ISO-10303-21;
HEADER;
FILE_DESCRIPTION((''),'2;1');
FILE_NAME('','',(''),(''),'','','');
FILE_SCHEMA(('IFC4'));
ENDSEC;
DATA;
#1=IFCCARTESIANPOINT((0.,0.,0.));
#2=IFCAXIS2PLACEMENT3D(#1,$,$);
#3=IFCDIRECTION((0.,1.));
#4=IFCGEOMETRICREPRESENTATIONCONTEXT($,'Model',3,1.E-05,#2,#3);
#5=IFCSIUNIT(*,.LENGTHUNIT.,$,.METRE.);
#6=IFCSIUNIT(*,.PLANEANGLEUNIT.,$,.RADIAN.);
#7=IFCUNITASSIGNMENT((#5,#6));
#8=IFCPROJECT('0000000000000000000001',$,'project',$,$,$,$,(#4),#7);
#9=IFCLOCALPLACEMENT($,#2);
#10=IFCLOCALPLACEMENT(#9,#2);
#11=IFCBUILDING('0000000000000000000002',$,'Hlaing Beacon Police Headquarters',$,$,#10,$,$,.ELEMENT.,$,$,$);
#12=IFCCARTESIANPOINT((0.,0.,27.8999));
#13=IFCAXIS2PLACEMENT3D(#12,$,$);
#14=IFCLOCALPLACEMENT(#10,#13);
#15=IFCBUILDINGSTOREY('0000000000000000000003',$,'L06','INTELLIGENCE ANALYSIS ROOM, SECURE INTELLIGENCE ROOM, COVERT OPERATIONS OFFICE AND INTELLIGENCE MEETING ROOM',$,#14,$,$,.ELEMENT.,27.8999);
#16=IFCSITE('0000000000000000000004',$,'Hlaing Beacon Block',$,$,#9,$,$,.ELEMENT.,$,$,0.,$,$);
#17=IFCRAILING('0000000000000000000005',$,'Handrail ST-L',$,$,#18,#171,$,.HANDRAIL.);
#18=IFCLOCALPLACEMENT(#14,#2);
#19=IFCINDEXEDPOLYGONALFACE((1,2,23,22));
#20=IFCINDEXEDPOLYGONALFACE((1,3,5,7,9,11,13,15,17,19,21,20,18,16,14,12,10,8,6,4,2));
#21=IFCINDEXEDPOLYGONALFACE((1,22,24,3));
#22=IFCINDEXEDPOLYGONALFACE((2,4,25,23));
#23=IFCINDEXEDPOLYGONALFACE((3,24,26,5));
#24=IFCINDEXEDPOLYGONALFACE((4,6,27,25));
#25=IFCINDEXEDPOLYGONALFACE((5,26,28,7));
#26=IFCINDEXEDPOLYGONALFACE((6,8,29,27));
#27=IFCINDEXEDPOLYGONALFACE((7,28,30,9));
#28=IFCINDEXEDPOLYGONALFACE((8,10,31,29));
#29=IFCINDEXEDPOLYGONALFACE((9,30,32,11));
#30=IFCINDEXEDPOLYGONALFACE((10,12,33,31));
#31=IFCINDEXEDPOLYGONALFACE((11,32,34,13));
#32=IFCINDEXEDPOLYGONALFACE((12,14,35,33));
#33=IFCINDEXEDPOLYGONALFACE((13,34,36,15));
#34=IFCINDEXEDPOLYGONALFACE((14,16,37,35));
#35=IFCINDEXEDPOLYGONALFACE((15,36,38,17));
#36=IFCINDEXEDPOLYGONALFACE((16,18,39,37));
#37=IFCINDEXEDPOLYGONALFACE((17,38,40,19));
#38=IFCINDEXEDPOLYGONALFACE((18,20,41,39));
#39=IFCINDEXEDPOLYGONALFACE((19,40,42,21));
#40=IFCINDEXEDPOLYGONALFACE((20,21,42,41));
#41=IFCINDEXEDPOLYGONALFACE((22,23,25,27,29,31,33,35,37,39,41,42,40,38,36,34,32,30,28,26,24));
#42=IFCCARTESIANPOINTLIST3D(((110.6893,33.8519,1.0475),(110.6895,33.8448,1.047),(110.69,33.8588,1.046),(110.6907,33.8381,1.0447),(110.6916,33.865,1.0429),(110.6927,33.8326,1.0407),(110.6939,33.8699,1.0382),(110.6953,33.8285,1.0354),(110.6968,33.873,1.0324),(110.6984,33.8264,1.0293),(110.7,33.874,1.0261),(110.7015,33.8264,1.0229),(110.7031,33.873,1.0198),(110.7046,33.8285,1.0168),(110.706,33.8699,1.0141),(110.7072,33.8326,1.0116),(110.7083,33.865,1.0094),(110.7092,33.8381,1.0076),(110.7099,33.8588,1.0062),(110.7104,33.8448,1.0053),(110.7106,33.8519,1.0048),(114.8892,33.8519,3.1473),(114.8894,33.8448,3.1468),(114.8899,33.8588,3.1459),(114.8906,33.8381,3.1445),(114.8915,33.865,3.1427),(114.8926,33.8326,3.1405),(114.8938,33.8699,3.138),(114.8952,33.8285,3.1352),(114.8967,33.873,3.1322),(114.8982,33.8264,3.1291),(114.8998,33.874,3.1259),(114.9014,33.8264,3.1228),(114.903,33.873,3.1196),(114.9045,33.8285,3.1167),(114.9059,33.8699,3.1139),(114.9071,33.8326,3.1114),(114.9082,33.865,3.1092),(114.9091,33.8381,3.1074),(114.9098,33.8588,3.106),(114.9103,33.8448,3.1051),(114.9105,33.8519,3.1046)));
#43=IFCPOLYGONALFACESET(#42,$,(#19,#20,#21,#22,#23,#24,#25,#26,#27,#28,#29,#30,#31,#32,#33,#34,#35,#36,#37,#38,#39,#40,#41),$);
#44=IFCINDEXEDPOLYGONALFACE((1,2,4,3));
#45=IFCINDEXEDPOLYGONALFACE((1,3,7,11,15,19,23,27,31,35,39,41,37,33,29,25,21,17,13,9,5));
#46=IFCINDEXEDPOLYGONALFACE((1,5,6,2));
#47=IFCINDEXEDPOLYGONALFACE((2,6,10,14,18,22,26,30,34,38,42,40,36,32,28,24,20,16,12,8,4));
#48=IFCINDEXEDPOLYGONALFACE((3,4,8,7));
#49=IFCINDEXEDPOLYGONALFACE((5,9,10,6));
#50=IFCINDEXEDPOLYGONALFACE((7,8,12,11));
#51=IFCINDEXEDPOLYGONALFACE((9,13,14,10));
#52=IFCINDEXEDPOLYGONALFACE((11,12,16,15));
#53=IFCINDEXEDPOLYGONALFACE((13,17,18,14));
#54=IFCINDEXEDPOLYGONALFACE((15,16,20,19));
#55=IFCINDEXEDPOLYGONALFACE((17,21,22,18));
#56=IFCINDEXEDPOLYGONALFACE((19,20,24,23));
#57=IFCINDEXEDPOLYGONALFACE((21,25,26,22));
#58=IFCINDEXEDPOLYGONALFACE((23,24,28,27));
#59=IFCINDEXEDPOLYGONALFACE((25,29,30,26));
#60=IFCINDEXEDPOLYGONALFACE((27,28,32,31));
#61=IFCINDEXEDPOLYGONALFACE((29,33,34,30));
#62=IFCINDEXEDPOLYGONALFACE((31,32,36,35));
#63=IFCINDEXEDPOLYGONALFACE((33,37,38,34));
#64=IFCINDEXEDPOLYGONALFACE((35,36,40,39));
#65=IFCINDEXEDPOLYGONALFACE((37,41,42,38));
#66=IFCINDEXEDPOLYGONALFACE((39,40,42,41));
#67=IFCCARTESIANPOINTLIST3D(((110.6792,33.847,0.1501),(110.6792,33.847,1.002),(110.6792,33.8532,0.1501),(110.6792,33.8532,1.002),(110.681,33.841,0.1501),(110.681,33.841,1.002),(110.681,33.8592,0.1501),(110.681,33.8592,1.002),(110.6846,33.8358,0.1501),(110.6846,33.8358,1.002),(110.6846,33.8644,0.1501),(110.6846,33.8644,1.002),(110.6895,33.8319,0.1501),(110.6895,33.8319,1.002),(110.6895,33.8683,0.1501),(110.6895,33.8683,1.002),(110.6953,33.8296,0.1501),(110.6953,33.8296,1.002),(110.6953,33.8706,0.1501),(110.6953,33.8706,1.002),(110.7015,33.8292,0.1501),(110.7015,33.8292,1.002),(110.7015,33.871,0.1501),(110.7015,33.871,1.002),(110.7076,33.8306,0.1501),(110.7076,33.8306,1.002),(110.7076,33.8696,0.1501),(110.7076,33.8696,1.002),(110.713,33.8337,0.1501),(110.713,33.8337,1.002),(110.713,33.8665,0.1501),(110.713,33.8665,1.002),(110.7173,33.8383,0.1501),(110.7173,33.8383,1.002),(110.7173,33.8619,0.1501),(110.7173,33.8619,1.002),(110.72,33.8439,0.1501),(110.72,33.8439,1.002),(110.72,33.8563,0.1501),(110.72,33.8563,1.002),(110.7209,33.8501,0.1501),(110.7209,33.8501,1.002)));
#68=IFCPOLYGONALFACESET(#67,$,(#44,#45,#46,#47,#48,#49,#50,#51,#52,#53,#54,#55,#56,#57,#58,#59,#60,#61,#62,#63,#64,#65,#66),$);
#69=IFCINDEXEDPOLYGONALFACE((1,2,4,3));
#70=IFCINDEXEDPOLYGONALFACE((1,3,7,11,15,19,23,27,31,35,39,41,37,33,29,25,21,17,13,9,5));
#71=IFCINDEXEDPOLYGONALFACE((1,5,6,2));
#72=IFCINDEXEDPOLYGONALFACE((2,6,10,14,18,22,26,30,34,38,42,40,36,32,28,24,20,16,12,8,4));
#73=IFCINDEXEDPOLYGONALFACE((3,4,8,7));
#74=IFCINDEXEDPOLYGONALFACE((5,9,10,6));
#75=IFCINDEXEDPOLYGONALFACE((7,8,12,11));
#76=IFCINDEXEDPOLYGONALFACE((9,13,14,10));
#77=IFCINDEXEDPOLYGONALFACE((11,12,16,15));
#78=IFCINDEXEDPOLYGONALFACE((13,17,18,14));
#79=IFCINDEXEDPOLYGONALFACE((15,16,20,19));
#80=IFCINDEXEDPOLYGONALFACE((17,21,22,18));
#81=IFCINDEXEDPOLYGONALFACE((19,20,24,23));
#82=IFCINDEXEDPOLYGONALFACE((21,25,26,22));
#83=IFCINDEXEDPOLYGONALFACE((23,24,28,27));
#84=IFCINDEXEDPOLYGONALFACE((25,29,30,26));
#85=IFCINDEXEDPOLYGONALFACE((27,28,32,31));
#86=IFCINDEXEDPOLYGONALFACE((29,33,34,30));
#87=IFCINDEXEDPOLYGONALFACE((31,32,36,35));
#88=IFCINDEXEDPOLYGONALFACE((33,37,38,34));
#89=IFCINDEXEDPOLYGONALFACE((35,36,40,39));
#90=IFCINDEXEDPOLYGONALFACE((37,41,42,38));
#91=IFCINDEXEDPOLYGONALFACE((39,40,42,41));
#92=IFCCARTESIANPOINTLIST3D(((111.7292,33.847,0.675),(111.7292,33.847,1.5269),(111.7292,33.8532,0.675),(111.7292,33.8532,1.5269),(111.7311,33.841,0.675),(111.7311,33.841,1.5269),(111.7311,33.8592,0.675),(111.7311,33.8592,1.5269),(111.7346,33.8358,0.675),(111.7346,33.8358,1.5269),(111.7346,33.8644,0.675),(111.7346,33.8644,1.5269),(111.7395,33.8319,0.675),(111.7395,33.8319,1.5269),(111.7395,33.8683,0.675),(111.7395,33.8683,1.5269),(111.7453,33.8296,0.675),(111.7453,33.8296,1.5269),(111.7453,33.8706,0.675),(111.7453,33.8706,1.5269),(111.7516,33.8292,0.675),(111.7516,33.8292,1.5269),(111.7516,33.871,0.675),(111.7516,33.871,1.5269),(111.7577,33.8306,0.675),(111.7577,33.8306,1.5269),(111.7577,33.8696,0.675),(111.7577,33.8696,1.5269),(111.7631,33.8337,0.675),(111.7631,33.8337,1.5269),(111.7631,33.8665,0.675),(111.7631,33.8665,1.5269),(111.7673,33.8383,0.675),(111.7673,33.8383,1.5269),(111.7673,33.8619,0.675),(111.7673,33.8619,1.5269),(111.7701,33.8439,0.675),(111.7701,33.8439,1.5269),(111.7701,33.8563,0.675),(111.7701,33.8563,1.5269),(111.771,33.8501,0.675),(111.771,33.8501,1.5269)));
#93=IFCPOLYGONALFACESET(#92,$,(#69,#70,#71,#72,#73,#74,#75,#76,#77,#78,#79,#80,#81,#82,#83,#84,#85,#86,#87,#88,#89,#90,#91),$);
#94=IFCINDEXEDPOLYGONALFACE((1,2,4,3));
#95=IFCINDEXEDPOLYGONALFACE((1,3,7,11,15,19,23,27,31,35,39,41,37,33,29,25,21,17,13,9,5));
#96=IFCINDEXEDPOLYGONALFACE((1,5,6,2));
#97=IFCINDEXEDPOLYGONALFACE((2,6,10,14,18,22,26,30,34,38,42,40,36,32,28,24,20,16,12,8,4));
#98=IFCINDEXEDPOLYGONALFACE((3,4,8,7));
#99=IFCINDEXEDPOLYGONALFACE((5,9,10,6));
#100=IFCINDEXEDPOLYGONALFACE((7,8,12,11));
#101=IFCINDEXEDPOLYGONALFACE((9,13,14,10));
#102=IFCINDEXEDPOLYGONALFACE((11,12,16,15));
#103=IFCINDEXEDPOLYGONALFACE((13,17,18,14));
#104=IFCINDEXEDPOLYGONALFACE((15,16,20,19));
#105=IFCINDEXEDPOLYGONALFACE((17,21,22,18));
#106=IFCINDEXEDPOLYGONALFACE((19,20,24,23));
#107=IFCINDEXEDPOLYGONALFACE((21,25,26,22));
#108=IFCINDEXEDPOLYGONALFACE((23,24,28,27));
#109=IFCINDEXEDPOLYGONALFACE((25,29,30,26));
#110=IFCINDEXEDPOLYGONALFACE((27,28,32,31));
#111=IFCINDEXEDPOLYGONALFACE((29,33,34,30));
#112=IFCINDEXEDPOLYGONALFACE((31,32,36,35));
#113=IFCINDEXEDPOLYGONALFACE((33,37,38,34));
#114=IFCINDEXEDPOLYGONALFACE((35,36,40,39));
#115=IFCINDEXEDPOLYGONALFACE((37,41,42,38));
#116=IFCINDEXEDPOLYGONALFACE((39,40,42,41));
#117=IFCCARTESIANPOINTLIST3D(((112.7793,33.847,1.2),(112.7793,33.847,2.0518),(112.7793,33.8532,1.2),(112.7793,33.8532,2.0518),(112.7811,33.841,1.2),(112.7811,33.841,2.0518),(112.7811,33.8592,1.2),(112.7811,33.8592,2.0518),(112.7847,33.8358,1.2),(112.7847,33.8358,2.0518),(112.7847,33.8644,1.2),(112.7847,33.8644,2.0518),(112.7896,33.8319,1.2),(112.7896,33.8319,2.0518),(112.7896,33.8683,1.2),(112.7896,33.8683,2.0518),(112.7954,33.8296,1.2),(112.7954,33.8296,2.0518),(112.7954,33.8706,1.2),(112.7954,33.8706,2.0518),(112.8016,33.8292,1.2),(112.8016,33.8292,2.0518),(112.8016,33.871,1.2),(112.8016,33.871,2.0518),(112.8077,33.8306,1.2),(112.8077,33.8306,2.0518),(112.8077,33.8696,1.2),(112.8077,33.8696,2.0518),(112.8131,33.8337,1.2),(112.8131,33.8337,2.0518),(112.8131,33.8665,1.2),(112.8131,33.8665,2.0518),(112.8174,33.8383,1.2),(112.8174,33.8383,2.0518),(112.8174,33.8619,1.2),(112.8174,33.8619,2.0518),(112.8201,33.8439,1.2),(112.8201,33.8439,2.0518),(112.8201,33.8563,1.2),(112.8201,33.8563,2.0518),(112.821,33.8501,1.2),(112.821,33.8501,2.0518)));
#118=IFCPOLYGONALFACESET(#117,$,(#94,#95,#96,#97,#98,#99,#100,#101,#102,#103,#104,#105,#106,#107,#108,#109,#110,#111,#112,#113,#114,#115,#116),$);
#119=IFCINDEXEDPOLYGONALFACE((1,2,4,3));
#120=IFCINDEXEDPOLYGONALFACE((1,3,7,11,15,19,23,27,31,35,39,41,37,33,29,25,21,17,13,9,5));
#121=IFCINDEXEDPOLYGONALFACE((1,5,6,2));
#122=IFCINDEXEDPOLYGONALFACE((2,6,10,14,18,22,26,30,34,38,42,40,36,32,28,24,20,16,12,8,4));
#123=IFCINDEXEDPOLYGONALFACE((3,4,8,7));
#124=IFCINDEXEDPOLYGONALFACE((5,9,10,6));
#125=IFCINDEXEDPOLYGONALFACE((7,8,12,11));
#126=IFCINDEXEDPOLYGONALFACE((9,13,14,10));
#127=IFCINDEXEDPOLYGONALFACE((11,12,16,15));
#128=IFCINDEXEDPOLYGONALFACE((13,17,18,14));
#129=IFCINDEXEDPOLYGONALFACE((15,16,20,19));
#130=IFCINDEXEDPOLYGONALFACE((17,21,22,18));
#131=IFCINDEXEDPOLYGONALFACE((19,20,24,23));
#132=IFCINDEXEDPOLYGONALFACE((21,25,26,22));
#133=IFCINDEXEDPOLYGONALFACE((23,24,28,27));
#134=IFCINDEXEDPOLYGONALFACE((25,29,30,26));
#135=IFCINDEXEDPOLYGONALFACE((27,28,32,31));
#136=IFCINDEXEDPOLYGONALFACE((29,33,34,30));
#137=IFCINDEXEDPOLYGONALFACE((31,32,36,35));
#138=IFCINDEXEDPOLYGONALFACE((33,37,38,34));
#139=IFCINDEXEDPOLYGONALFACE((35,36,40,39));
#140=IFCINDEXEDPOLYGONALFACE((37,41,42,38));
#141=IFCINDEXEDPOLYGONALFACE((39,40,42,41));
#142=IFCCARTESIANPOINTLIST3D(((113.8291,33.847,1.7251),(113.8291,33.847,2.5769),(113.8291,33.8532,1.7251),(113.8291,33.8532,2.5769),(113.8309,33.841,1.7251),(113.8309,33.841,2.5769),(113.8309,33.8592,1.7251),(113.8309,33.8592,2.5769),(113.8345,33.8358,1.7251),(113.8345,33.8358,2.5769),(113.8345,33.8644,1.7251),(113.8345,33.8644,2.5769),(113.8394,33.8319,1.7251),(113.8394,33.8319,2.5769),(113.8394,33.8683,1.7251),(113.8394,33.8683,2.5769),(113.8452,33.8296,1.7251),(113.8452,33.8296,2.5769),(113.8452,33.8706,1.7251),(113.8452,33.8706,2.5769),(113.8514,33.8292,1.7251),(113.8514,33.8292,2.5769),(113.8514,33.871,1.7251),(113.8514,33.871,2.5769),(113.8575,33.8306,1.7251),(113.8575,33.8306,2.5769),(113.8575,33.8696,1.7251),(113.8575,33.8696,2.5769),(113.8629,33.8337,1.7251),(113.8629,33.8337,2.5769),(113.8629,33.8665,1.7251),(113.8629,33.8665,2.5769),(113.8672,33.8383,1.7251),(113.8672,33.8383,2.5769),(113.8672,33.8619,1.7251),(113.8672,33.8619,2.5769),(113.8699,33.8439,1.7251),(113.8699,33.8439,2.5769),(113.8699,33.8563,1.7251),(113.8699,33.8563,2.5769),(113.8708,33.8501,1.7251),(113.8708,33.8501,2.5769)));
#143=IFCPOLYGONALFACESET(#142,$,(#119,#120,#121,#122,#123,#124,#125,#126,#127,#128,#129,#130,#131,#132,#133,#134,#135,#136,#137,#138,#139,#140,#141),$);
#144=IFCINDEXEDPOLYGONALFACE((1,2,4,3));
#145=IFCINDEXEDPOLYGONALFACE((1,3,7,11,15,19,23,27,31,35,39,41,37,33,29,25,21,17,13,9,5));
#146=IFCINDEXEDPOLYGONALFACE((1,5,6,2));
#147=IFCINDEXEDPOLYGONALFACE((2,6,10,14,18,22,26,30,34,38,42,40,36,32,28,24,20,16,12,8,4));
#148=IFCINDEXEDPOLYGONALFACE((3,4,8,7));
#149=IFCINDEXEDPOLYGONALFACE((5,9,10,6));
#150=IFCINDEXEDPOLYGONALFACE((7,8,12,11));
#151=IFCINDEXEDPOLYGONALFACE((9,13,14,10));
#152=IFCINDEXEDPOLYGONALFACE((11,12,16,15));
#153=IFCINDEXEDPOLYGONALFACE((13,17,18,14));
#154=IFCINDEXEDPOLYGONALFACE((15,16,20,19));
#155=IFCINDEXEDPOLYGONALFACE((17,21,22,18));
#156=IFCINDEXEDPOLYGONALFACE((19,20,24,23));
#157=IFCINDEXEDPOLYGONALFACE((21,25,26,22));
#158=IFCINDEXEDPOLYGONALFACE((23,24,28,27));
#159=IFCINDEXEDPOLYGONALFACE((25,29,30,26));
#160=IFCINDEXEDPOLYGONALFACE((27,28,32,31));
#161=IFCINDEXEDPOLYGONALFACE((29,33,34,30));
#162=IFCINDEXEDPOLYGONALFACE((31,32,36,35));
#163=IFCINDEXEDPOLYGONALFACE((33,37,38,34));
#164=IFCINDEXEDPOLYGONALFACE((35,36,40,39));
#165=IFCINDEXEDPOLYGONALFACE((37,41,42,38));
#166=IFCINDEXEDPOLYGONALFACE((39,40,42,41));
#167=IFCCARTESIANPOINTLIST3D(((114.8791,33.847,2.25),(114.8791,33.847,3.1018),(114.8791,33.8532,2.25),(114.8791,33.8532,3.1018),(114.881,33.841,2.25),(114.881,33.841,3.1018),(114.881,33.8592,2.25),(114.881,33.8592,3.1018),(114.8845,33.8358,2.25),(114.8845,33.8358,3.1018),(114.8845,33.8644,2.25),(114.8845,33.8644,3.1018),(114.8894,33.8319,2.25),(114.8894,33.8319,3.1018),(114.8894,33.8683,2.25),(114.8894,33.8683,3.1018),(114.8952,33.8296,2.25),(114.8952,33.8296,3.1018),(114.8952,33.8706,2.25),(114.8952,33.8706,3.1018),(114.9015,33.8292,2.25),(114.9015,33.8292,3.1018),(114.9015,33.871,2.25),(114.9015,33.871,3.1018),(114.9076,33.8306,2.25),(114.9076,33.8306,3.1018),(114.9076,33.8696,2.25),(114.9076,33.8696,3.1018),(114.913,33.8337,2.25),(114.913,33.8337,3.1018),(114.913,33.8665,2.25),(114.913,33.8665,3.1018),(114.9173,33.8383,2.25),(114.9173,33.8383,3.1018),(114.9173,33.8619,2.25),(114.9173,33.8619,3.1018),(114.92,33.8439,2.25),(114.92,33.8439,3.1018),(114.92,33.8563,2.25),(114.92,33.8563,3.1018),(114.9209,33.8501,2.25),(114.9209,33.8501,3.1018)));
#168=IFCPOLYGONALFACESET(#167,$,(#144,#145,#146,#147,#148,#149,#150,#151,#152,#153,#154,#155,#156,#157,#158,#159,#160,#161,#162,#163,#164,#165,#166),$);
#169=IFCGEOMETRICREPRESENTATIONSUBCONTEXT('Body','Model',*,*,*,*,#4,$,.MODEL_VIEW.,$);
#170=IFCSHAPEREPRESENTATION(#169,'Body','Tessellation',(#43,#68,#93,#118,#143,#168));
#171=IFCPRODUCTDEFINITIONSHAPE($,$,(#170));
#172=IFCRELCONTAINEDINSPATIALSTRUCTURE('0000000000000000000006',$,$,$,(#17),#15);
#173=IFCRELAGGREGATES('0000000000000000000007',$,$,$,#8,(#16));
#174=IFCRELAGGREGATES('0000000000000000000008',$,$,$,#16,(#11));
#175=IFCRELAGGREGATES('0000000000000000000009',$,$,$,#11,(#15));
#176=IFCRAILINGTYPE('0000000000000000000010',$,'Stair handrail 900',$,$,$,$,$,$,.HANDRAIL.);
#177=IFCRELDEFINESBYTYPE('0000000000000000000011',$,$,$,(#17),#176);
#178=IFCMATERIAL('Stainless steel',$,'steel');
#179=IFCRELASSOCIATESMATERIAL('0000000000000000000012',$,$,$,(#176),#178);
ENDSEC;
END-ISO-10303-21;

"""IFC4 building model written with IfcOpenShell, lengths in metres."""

from ifc_helpers import new_model, si_unit, direction, frame, origin, origin_2d, place, context, subcontext, project, spatial, circle, extrude, material, type_object, element, save


model = new_model("IFC4")

# Units and contexts
model_context = context("Model", 3, precision=1e-05, world=origin(), true_north=direction((0.0, 1.0)))
body_context = subcontext(model_context, "Body", "Model", "MODEL_VIEW")
ifc_project = project(units=[si_unit("LENGTHUNIT", "METRE"), si_unit("PLANEANGLEUNIT", "RADIAN")], contexts=[model_context])

# Site, building, storey
site_placement = place(None, origin())
site = spatial("IfcSite", under=ifc_project, at=site_placement, Name="Hlaing Beacon Block", CompositionType="ELEMENT", RefElevation=0.0)
building_placement = place(site_placement, origin())
building = spatial("IfcBuilding", under=site, at=building_placement, Name="Hlaing Beacon Police Headquarters", CompositionType="ELEMENT")
storey_placement = place(building_placement, frame((0.0, 0.0, 27.8999)))
storey = spatial("IfcBuildingStorey", under=building, at=storey_placement, Name="L06", Description="INTELLIGENCE ANALYSIS ROOM, SECURE INTELLIGENCE ROOM, COVERT OPERATIONS OFFICE AND INTELLIGENCE MEETING ROOM", CompositionType="ELEMENT", Elevation=27.8999)

# Railing
ifc_material_1 = material(Name="Stainless steel", Category="steel")
railing_type_1 = type_object("IfcRailingType", Name="Stair handrail 900", PredefinedType="HANDRAIL", material=ifc_material_1)
for number, where, name in (
    (1, (110.7, 33.8501, 0.1501), "Handrail ST-L"),
):
    element("IfcRailing", number, at=place(storey_placement, frame(where)), inside=storey, type_object=railing_type_1, Name=name, PredefinedType="HANDRAIL", context=body_context, shape_type="SweptSolid", body=[
        extrude(circle(Radius=0.0239, at=origin_2d()), frame((0.0, 0.0, 0.876), z_axis=(0.894438, 0.0, 0.447193), x_axis=(0.0, 1.0, 0.0)), (0.0, 0.0, 1.0), 4.6956),
        extrude(circle(Radius=0.021, at=origin_2d()), origin(), (0.0, 0.0, 1.0), 0.8518),
        extrude(circle(Radius=0.021, at=origin_2d()), frame((1.05, 0.0, 0.5249)), (0.0, 0.0, 1.0), 0.8518),
        extrude(circle(Radius=0.021, at=origin_2d()), frame((2.1001, 0.0, 1.0498)), (0.0, 0.0, 1.0), 0.8518),
        extrude(circle(Radius=0.021, at=origin_2d()), frame((3.1499, 0.0, 1.575)), (0.0, 0.0, 1.0), 0.8518),
        extrude(circle(Radius=0.021, at=origin_2d()), frame((4.2, 0.0, 2.0999)), (0.0, 0.0, 1.0), 0.8518),
    ])

save(model, "model.ifc")
